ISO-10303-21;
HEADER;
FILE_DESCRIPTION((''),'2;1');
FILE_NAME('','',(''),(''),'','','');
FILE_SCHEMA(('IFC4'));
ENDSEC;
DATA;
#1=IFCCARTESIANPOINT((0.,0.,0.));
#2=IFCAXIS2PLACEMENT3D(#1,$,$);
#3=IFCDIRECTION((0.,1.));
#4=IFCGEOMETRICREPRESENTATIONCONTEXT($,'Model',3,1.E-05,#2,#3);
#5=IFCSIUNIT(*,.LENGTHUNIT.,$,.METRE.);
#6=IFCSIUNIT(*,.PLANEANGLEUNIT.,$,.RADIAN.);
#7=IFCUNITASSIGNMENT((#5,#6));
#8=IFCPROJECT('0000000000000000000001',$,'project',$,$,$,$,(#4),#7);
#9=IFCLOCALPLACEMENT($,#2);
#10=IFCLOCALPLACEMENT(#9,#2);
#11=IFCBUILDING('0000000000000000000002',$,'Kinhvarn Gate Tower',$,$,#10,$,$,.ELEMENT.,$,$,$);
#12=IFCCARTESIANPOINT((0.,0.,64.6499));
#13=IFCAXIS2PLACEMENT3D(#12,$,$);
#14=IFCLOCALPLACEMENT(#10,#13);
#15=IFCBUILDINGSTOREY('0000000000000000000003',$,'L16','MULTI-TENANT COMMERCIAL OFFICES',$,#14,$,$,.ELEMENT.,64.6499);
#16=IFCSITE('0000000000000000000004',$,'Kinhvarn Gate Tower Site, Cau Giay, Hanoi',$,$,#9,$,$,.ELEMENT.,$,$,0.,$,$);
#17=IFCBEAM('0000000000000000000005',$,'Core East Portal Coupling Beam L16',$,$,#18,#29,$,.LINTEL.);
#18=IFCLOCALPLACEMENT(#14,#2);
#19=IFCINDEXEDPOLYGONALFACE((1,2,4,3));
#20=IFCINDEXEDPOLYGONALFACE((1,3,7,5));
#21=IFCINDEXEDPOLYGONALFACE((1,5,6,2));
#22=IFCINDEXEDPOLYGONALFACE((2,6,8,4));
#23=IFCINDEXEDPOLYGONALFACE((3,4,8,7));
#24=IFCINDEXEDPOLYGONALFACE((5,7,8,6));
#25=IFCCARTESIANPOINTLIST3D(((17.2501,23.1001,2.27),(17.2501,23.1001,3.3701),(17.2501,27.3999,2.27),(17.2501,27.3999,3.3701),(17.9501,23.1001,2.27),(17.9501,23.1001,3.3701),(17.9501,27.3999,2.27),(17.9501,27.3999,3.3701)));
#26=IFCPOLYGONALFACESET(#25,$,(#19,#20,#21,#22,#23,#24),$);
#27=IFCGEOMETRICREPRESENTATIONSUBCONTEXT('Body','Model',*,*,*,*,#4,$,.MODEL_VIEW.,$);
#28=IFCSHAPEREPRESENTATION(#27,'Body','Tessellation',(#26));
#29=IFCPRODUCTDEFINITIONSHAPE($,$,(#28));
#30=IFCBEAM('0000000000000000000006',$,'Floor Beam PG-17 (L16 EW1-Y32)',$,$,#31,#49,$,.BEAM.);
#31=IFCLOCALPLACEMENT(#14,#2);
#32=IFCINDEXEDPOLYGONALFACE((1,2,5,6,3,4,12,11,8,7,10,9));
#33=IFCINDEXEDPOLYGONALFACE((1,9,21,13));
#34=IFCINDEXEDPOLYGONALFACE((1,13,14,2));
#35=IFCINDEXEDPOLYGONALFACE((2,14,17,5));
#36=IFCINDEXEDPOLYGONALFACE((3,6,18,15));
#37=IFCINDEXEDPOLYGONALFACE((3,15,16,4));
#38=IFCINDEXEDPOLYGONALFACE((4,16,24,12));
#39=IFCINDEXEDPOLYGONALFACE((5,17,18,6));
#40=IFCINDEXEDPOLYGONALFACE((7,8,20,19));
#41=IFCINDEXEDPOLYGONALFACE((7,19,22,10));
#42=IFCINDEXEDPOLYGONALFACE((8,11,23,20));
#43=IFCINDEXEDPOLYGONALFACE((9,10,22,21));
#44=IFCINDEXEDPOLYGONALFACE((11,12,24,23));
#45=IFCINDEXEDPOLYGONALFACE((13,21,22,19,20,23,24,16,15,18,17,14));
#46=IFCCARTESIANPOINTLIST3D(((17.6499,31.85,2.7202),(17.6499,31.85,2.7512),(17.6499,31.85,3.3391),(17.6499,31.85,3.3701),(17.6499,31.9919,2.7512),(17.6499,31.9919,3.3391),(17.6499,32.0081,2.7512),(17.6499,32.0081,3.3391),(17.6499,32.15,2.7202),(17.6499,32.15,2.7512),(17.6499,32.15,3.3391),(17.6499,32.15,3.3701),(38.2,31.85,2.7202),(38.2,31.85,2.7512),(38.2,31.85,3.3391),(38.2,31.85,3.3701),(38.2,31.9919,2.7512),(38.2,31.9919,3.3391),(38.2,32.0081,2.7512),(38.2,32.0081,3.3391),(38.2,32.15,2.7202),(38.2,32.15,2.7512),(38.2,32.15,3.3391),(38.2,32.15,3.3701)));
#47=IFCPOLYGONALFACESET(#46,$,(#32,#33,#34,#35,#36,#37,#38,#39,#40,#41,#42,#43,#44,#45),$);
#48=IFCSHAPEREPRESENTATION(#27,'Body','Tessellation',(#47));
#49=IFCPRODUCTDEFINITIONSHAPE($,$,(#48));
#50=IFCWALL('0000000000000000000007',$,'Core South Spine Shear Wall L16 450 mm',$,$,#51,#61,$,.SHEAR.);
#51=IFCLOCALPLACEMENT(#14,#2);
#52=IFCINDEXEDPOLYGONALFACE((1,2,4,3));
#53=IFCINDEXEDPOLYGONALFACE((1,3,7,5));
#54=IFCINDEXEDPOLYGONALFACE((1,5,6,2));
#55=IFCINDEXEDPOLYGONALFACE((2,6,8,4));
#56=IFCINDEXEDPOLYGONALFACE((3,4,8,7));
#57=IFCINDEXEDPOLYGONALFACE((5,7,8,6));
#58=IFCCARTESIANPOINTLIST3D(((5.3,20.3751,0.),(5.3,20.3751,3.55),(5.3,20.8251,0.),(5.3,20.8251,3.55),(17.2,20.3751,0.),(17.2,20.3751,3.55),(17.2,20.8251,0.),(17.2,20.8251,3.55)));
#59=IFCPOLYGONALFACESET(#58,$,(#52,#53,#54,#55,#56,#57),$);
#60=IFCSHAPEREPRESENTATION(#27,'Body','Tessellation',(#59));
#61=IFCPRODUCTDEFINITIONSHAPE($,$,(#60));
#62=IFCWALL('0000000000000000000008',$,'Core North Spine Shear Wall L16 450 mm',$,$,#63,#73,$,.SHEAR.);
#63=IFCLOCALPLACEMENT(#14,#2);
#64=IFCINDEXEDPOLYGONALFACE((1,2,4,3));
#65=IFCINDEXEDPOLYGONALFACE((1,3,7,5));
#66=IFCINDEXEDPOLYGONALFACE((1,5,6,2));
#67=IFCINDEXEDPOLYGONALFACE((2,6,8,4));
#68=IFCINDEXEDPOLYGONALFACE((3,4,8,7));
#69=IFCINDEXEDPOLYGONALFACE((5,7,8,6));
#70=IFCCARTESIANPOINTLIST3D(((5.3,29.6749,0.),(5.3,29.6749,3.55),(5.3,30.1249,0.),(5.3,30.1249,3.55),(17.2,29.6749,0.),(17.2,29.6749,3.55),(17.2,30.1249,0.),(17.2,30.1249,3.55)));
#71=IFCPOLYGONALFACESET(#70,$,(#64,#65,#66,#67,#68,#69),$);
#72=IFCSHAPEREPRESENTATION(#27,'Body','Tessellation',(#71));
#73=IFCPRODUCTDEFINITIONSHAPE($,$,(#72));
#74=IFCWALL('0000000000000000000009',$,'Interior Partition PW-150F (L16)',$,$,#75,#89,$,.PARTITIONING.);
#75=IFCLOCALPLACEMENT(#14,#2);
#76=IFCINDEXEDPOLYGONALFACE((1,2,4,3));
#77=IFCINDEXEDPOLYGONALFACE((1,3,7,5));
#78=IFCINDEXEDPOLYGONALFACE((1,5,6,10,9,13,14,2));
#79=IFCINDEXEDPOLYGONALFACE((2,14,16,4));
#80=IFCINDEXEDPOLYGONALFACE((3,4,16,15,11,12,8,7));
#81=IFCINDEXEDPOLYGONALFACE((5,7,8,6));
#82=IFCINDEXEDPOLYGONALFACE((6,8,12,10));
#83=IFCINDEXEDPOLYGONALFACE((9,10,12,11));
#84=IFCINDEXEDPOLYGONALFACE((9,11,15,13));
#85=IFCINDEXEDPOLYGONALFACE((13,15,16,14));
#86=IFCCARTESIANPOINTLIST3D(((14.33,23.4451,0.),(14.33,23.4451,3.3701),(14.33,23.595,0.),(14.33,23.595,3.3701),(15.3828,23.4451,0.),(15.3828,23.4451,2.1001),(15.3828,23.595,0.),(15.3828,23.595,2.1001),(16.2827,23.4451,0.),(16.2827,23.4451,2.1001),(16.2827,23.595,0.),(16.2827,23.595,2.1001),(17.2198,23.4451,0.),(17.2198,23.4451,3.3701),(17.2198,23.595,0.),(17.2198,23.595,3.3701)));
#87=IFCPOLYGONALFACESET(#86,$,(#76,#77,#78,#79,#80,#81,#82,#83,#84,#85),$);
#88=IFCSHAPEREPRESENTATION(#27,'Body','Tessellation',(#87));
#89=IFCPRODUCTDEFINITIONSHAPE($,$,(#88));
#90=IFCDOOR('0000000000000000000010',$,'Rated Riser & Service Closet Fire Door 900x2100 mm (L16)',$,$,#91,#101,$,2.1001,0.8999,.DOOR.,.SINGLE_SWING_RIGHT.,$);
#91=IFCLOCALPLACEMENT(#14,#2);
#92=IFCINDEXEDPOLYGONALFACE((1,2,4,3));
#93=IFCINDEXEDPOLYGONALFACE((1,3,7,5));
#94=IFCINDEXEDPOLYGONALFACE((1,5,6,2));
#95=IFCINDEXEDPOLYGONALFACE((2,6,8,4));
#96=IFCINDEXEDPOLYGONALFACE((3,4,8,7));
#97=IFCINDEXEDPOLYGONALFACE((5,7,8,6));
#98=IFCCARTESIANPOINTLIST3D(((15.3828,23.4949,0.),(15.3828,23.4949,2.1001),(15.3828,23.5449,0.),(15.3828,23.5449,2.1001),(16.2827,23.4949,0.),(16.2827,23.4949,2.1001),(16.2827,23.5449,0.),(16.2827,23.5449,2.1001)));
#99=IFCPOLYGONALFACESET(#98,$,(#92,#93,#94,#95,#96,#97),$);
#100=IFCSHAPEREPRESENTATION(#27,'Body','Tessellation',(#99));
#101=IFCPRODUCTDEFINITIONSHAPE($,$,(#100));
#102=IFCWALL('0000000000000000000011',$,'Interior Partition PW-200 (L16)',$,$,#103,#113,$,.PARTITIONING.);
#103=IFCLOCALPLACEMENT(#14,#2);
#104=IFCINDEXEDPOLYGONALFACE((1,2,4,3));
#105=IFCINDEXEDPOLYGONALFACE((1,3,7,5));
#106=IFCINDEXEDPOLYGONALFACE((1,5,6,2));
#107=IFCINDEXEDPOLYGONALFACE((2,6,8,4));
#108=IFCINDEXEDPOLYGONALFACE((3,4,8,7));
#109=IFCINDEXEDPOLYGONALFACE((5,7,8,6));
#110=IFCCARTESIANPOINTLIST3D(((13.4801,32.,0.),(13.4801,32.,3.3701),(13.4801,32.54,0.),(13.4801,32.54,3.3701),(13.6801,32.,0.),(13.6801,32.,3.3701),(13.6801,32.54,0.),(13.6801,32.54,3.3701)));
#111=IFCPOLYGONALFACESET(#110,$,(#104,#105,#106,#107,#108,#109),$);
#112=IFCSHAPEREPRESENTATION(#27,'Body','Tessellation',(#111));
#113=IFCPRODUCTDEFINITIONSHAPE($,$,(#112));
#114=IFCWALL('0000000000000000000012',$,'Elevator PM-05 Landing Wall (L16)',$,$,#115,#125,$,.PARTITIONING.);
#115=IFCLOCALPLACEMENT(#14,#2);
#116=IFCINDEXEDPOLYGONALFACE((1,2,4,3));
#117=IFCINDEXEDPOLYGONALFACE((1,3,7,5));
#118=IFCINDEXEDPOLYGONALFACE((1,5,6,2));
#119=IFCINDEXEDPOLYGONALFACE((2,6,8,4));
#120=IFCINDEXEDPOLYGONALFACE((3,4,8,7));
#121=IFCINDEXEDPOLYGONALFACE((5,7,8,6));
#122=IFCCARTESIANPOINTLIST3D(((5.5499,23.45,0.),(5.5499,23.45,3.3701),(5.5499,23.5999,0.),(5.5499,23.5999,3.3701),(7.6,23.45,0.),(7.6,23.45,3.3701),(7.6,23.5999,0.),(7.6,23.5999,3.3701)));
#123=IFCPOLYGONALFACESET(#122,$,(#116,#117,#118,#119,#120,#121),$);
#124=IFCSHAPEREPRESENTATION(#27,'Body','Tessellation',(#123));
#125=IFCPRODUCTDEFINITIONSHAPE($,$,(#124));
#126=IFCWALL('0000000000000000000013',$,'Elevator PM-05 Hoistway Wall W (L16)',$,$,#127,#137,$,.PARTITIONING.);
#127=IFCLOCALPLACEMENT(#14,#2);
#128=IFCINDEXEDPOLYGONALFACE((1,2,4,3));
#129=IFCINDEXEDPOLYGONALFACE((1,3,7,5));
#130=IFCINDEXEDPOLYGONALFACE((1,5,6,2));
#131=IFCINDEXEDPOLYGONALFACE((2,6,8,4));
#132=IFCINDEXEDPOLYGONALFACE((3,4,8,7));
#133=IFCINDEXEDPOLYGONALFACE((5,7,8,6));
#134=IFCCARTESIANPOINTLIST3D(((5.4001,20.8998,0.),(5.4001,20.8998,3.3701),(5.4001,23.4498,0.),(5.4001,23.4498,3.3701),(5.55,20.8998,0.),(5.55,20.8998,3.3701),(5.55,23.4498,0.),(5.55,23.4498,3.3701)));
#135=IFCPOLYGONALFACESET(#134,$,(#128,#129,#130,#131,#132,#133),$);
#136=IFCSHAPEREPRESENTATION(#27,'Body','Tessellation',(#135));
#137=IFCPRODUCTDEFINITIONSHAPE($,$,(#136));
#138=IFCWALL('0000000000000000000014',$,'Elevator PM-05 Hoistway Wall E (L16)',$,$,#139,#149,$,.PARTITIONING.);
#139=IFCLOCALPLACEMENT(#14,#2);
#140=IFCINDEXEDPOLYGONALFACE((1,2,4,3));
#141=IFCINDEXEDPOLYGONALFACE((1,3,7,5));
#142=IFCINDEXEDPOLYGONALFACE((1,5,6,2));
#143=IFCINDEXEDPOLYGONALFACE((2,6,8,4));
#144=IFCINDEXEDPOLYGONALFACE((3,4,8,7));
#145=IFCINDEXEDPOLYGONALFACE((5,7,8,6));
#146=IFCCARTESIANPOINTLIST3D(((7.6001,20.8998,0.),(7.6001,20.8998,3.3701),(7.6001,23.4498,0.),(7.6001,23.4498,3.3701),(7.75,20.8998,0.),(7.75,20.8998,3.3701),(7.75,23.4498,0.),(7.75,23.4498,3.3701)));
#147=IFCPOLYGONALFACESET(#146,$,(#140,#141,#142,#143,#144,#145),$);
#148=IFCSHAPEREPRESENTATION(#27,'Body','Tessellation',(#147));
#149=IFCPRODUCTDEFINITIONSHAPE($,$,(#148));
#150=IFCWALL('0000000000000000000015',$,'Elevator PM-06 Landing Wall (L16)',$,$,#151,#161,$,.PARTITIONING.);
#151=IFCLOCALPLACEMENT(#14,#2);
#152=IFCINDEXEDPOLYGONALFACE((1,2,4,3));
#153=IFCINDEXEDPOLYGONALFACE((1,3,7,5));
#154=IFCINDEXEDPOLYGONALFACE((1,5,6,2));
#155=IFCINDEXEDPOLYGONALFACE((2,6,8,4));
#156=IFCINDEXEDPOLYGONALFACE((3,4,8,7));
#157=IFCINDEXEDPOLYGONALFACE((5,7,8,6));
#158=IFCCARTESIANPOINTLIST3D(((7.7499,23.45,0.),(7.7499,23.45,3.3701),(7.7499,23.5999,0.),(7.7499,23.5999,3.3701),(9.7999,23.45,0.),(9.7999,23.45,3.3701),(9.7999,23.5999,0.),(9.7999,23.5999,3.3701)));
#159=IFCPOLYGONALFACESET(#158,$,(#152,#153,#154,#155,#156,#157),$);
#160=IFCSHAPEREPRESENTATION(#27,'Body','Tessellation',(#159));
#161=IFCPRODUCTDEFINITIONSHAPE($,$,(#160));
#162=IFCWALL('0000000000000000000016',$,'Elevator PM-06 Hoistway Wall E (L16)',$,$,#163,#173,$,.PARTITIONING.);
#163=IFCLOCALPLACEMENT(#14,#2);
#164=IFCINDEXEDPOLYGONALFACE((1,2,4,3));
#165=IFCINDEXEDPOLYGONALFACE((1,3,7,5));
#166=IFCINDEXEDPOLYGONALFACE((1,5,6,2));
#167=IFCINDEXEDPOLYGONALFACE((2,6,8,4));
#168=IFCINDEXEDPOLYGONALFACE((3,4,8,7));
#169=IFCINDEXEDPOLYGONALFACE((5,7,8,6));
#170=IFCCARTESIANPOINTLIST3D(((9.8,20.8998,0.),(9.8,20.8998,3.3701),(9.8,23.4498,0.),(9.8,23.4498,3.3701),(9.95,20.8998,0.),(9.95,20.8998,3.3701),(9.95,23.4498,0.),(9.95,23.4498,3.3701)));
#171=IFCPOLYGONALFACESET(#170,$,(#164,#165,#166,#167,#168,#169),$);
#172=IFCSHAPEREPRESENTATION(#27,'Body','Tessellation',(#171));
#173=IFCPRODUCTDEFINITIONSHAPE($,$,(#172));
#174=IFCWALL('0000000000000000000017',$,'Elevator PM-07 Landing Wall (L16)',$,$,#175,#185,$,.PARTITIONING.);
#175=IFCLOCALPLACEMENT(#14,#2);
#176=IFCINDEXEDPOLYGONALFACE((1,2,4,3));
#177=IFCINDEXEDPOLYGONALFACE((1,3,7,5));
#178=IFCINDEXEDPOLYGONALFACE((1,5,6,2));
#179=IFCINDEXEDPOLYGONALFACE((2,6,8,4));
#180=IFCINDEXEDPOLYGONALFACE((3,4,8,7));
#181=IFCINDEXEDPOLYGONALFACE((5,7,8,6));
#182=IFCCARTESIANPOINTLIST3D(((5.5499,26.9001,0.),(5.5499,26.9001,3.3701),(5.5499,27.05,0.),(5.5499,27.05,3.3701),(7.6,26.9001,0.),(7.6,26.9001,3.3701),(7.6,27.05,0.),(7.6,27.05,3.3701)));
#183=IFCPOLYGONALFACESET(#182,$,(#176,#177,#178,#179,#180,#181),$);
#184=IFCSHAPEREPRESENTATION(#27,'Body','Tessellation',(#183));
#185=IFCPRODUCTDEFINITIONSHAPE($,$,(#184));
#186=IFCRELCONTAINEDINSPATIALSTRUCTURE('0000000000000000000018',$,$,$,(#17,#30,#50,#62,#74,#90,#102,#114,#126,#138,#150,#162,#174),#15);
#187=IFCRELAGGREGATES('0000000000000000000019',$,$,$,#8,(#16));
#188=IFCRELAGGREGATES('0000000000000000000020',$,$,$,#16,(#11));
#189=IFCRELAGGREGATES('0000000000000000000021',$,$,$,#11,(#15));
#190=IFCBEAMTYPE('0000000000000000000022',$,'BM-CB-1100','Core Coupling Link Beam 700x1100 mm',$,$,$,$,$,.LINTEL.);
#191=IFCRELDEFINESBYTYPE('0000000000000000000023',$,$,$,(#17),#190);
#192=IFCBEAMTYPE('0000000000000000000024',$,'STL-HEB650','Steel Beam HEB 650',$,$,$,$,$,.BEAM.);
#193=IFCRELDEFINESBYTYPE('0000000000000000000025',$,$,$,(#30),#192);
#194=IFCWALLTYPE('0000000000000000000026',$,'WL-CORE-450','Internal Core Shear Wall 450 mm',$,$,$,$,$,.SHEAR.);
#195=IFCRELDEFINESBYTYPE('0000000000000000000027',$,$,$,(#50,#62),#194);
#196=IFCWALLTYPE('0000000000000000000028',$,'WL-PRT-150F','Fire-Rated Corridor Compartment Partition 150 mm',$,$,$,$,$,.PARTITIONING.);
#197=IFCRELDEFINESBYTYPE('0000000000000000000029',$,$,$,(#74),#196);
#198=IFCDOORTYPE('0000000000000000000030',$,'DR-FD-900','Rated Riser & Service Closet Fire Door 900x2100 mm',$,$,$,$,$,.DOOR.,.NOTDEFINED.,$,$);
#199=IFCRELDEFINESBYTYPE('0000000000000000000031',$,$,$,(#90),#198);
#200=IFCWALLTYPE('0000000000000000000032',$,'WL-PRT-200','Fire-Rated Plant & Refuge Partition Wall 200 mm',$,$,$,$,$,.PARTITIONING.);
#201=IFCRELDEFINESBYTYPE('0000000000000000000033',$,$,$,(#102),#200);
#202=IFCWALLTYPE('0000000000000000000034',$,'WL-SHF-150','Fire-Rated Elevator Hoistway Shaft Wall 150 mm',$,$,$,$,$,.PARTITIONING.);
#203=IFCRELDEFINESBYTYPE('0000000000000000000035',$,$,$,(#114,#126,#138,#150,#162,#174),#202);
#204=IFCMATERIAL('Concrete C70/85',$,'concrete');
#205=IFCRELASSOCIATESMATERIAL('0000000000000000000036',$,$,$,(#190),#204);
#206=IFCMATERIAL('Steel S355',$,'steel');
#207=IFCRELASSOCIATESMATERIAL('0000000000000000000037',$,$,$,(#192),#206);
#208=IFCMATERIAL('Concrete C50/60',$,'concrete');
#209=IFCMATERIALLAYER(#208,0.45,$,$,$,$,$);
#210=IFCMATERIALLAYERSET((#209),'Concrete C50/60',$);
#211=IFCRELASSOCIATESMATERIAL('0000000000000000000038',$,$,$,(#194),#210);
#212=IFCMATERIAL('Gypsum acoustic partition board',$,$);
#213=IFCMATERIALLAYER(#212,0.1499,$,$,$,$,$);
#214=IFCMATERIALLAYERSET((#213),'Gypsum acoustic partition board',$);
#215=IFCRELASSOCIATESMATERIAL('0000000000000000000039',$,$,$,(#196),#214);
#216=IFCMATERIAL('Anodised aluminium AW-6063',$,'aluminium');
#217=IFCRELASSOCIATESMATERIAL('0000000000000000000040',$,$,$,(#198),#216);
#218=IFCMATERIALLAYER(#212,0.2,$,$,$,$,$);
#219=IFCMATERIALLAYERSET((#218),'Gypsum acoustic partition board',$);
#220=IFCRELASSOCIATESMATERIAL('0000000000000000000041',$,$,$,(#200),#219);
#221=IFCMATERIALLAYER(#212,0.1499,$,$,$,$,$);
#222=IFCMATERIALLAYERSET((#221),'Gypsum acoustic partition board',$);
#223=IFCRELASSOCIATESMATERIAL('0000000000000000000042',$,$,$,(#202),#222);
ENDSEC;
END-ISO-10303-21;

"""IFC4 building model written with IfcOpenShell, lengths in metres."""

from ifc_helpers import new_model, si_unit, direction, frame, frame_2d, origin, origin_2d, place, context, subcontext, project, spatial, rectangle, i_section, extrude, material, layer, layer_set, material_profile, profile_set, type_object, element, fill, save


model = new_model("IFC4")

# Units and contexts
model_context = context("Model", 3, precision=1e-05, world=origin(), true_north=direction((0.0, 1.0)))
body_context = subcontext(model_context, "Body", "Model", "MODEL_VIEW")
ifc_project = project(units=[si_unit("LENGTHUNIT", "METRE"), si_unit("PLANEANGLEUNIT", "RADIAN")], contexts=[model_context])

# Site, building, storey
site_placement = place(None, origin())
site = spatial("IfcSite", under=ifc_project, at=site_placement, Name="Kinhvarn Gate Tower Site, Cau Giay, Hanoi", CompositionType="ELEMENT", RefElevation=0.0)
building_placement = place(site_placement, origin())
building = spatial("IfcBuilding", under=site, at=building_placement, Name="Kinhvarn Gate Tower", CompositionType="ELEMENT")
storey_placement = place(building_placement, frame((0.0, 0.0, 64.6499)))
storey = spatial("IfcBuildingStorey", under=building, at=storey_placement, Name="L16", Description="MULTI-TENANT COMMERCIAL OFFICES", CompositionType="ELEMENT", Elevation=64.6499)

# Beams
ifc_material_1 = material(Name="Concrete C70/85", Category="concrete")
ifc_material_profile_1 = material_profile(ifc_material_1, rectangle(XDim=0.7, YDim=1.1001, at=origin_2d()), Name="RC 700x1100")
ifc_profile_set_1 = profile_set([ifc_material_profile_1], Name="Concrete C70/85")
beam_type_1 = type_object("IfcBeamType", Name="BM-CB-1100", Description="Core Coupling Link Beam 700x1100 mm", PredefinedType="LINTEL", material=ifc_profile_set_1)
beam_1_placement = place(storey_placement, frame((17.6001, 23.1001, 2.8201), z_axis=(0.0, 1.0, 0.0), x_axis=(-1.0, 0.0, 0.0)))
element("IfcBeam", 1, at=beam_1_placement, inside=storey, type_object=beam_type_1, Name="Core East Portal Coupling Beam L16", PredefinedType="LINTEL", context=body_context, shape_type="SweptSolid", body=[
    extrude(rectangle(XDim=0.7, YDim=1.1001, at=origin_2d()), origin(), (0.0, 0.0, 1.0), 4.2998),
])
ifc_material_2 = material(Name="Steel S355", Category="steel")
ifc_material_profile_2 = material_profile(ifc_material_2, i_section(OverallWidth=0.3, OverallDepth=0.6499, WebThickness=0.0161, FlangeThickness=0.031, at=origin_2d()), Name="HEB 650")
ifc_profile_set_2 = profile_set([ifc_material_profile_2], Name="Steel S355")
beam_type_2 = type_object("IfcBeamType", Name="STL-HEB650", Description="Steel Beam HEB 650", PredefinedType="BEAM", material=ifc_profile_set_2)
beam_2_placement = place(storey_placement, frame((17.6499, 32.0, 3.0452), z_axis=(1.0, 0.0, 0.0), x_axis=(0.0, 1.0, 0.0)))
element("IfcBeam", 2, at=beam_2_placement, inside=storey, type_object=beam_type_2, Name="Floor Beam PG-17 (L16 EW1-Y32)", PredefinedType="BEAM", context=body_context, shape_type="SweptSolid", body=[
    extrude(i_section(OverallWidth=0.3, OverallDepth=0.6499, WebThickness=0.0161, FlangeThickness=0.031, at=origin_2d()), origin(), (0.0, 0.0, 1.0), 20.55),
])

# Walls
ifc_material_3 = material(Name="Concrete C50/60", Category="concrete")
ifc_layer_1 = layer(ifc_material_3, 0.45)
ifc_layer_set_1 = layer_set([ifc_layer_1], Name="Concrete C50/60")
wall_type_1 = type_object("IfcWallType", Name="WL-CORE-450", Description="Internal Core Shear Wall 450 mm", PredefinedType="SHEAR", material=ifc_layer_set_1)
for number, where, z_axis, x_axis, name in (
    (3, (5.3, 20.6001, 0.0), (0.0, 0.0, 1.0), (1.0, 0.0, 0.0), "Core South Spine Shear Wall L16 450 mm"),
    (4, (5.3, 29.8999, 0.0), (0.0, 0.0, 1.0), (1.0, 0.0, 0.0), "Core North Spine Shear Wall L16 450 mm"),
):
    element("IfcWall", number, at=place(storey_placement, frame(where, z_axis=z_axis, x_axis=x_axis)), inside=storey, type_object=wall_type_1, Name=name, PredefinedType="SHEAR", context=body_context, shape_type="SweptSolid", body=[
        extrude(rectangle(XDim=11.8999, YDim=0.45, at=frame_2d((5.95, 0.0))), origin(), (0.0, 0.0, 1.0), 3.55),
    ])

# Wall, opening, door
ifc_material_4 = material(Name="Anodised aluminium AW-6063", Category="aluminium")
ifc_material_5 = material(Name="Gypsum acoustic partition board")
ifc_layer_2 = layer(ifc_material_5, 0.1499)
ifc_layer_set_2 = layer_set([ifc_layer_2], Name="Gypsum acoustic partition board")
wall_type_2 = type_object("IfcWallType", Name="WL-PRT-150F", Description="Fire-Rated Corridor Compartment Partition 150 mm", PredefinedType="PARTITIONING", material=ifc_layer_set_2)
wall_1_placement = place(storey_placement, frame((14.3301, 23.52, 0.0), z_axis=(0.0, 0.0, 1.0), x_axis=(1.0, 0.0, 0.0)))
wall_1 = element("IfcWall", 5, at=wall_1_placement, inside=storey, type_object=wall_type_2, Name="Interior Partition PW-150F (L16)", PredefinedType="PARTITIONING", context=body_context, shape_type="SweptSolid", body=[
    extrude(rectangle(XDim=2.8899, YDim=0.1499, at=frame_2d((1.4448, 0.0))), origin(), (0.0, 0.0, 1.0), 3.3701),
])
opening_1_placement = place(wall_1_placement, frame((1.0527, 0.0, 0.0)))
opening_1 = element("IfcOpeningElement", 6, at=opening_1_placement, cuts=wall_1, PredefinedType="OPENING", context=body_context, shape_type="SweptSolid", body=[
    extrude(rectangle(XDim=0.8999, YDim=2.1001, at=frame_2d((0.45, 1.05))), frame((0.0, 0.085, 0.0), z_axis=(0.0, -1.0, 0.0), x_axis=(1.0, 0.0, 0.0)), (0.0, 0.0, 1.0), 0.1699),
])
door_type_1 = type_object("IfcDoorType", Name="DR-FD-900", Description="Rated Riser & Service Closet Fire Door 900x2100 mm", OperationType="NOTDEFINED", PredefinedType="DOOR", material=ifc_material_4)
door_1_placement = place(opening_1_placement, origin())
door_1 = element("IfcDoor", 7, at=door_1_placement, inside=storey, type_object=door_type_1, Name="Rated Riser & Service Closet Fire Door 900x2100 mm (L16)", OperationType="SINGLE_SWING_RIGHT", OverallHeight=2.1001, OverallWidth=0.8999, PredefinedType="DOOR", context=body_context, shape_type="SweptSolid", body=[
    extrude(rectangle(XDim=0.8999, YDim=2.1001, at=frame_2d((0.45, 1.05))), frame((0.0, 0.0249, 0.0), z_axis=(0.0, -1.0, 0.0), x_axis=(1.0, 0.0, 0.0)), (0.0, 0.0, 1.0), 0.05),
])
fill(opening_1, door_1)

# Walls
ifc_layer_3 = layer(ifc_material_5, 0.2)
ifc_layer_set_3 = layer_set([ifc_layer_3], Name="Gypsum acoustic partition board")
wall_type_3 = type_object("IfcWallType", Name="WL-PRT-200", Description="Fire-Rated Plant & Refuge Partition Wall 200 mm", PredefinedType="PARTITIONING", material=ifc_layer_set_3)
wall_2_placement = place(storey_placement, frame((13.5801, 32.0, 0.0), z_axis=(0.0, 0.0, 1.0), x_axis=(0.0, 1.0, 0.0)))
element("IfcWall", 8, at=wall_2_placement, inside=storey, type_object=wall_type_3, Name="Interior Partition PW-200 (L16)", PredefinedType="PARTITIONING", context=body_context, shape_type="SweptSolid", body=[
    extrude(rectangle(XDim=0.54, YDim=0.2, at=frame_2d((0.27, 0.0))), origin(), (0.0, 0.0, 1.0), 3.3701),
])
ifc_layer_4 = layer(ifc_material_5, 0.1499)
ifc_layer_set_4 = layer_set([ifc_layer_4], Name="Gypsum acoustic partition board")
wall_type_4 = type_object("IfcWallType", Name="WL-SHF-150", Description="Fire-Rated Elevator Hoistway Shaft Wall 150 mm", PredefinedType="PARTITIONING", material=ifc_layer_set_4)
wall_3_placement = place(storey_placement, frame((5.55, 23.5249, 0.0), z_axis=(0.0, 0.0, 1.0), x_axis=(1.0, 0.0, 0.0)))
element("IfcWall", 9, at=wall_3_placement, inside=storey, type_object=wall_type_4, Name="Elevator PM-05 Landing Wall (L16)", PredefinedType="PARTITIONING", context=body_context, shape_type="SweptSolid", body=[
    extrude(rectangle(XDim=2.05, YDim=0.1499, at=frame_2d((1.0249, 0.0))), origin(), (0.0, 0.0, 1.0), 3.3701),
])
for number, where, z_axis, x_axis, name in (
    (10, (5.4751, 20.8999, 0.0), (0.0, 0.0, 1.0), (0.0, 1.0, 0.0), "Elevator PM-05 Hoistway Wall W (L16)"),
    (11, (7.675, 20.8999, 0.0), (0.0, 0.0, 1.0), (0.0, 1.0, 0.0), "Elevator PM-05 Hoistway Wall E (L16)"),
):
    element("IfcWall", number, at=place(storey_placement, frame(where, z_axis=z_axis, x_axis=x_axis)), inside=storey, type_object=wall_type_4, Name=name, PredefinedType="PARTITIONING", context=body_context, shape_type="SweptSolid", body=[
        extrude(rectangle(XDim=2.55, YDim=0.1499, at=frame_2d((1.2749, 0.0))), origin(), (0.0, 0.0, 1.0), 3.3701),
    ])
wall_4_placement = place(storey_placement, frame((7.75, 23.5249, 0.0), z_axis=(0.0, 0.0, 1.0), x_axis=(1.0, 0.0, 0.0)))
element("IfcWall", 12, at=wall_4_placement, inside=storey, type_object=wall_type_4, Name="Elevator PM-06 Landing Wall (L16)", PredefinedType="PARTITIONING", context=body_context, shape_type="SweptSolid", body=[
    extrude(rectangle(XDim=2.05, YDim=0.1499, at=frame_2d((1.0249, 0.0))), origin(), (0.0, 0.0, 1.0), 3.3701),
])
wall_5_placement = place(storey_placement, frame((9.875, 20.8999, 0.0), z_axis=(0.0, 0.0, 1.0), x_axis=(0.0, 1.0, 0.0)))
element("IfcWall", 13, at=wall_5_placement, inside=storey, type_object=wall_type_4, Name="Elevator PM-06 Hoistway Wall E (L16)", PredefinedType="PARTITIONING", context=body_context, shape_type="SweptSolid", body=[
    extrude(rectangle(XDim=2.55, YDim=0.1499, at=frame_2d((1.2749, 0.0))), origin(), (0.0, 0.0, 1.0), 3.3701),
])
wall_6_placement = place(storey_placement, frame((5.55, 26.9751, 0.0), z_axis=(0.0, 0.0, 1.0), x_axis=(1.0, 0.0, 0.0)))
element("IfcWall", 14, at=wall_6_placement, inside=storey, type_object=wall_type_4, Name="Elevator PM-07 Landing Wall (L16)", PredefinedType="PARTITIONING", context=body_context, shape_type="SweptSolid", body=[
    extrude(rectangle(XDim=2.05, YDim=0.1499, at=frame_2d((1.0249, 0.0))), origin(), (0.0, 0.0, 1.0), 3.3701),
])

save(model, "model.ifc")
